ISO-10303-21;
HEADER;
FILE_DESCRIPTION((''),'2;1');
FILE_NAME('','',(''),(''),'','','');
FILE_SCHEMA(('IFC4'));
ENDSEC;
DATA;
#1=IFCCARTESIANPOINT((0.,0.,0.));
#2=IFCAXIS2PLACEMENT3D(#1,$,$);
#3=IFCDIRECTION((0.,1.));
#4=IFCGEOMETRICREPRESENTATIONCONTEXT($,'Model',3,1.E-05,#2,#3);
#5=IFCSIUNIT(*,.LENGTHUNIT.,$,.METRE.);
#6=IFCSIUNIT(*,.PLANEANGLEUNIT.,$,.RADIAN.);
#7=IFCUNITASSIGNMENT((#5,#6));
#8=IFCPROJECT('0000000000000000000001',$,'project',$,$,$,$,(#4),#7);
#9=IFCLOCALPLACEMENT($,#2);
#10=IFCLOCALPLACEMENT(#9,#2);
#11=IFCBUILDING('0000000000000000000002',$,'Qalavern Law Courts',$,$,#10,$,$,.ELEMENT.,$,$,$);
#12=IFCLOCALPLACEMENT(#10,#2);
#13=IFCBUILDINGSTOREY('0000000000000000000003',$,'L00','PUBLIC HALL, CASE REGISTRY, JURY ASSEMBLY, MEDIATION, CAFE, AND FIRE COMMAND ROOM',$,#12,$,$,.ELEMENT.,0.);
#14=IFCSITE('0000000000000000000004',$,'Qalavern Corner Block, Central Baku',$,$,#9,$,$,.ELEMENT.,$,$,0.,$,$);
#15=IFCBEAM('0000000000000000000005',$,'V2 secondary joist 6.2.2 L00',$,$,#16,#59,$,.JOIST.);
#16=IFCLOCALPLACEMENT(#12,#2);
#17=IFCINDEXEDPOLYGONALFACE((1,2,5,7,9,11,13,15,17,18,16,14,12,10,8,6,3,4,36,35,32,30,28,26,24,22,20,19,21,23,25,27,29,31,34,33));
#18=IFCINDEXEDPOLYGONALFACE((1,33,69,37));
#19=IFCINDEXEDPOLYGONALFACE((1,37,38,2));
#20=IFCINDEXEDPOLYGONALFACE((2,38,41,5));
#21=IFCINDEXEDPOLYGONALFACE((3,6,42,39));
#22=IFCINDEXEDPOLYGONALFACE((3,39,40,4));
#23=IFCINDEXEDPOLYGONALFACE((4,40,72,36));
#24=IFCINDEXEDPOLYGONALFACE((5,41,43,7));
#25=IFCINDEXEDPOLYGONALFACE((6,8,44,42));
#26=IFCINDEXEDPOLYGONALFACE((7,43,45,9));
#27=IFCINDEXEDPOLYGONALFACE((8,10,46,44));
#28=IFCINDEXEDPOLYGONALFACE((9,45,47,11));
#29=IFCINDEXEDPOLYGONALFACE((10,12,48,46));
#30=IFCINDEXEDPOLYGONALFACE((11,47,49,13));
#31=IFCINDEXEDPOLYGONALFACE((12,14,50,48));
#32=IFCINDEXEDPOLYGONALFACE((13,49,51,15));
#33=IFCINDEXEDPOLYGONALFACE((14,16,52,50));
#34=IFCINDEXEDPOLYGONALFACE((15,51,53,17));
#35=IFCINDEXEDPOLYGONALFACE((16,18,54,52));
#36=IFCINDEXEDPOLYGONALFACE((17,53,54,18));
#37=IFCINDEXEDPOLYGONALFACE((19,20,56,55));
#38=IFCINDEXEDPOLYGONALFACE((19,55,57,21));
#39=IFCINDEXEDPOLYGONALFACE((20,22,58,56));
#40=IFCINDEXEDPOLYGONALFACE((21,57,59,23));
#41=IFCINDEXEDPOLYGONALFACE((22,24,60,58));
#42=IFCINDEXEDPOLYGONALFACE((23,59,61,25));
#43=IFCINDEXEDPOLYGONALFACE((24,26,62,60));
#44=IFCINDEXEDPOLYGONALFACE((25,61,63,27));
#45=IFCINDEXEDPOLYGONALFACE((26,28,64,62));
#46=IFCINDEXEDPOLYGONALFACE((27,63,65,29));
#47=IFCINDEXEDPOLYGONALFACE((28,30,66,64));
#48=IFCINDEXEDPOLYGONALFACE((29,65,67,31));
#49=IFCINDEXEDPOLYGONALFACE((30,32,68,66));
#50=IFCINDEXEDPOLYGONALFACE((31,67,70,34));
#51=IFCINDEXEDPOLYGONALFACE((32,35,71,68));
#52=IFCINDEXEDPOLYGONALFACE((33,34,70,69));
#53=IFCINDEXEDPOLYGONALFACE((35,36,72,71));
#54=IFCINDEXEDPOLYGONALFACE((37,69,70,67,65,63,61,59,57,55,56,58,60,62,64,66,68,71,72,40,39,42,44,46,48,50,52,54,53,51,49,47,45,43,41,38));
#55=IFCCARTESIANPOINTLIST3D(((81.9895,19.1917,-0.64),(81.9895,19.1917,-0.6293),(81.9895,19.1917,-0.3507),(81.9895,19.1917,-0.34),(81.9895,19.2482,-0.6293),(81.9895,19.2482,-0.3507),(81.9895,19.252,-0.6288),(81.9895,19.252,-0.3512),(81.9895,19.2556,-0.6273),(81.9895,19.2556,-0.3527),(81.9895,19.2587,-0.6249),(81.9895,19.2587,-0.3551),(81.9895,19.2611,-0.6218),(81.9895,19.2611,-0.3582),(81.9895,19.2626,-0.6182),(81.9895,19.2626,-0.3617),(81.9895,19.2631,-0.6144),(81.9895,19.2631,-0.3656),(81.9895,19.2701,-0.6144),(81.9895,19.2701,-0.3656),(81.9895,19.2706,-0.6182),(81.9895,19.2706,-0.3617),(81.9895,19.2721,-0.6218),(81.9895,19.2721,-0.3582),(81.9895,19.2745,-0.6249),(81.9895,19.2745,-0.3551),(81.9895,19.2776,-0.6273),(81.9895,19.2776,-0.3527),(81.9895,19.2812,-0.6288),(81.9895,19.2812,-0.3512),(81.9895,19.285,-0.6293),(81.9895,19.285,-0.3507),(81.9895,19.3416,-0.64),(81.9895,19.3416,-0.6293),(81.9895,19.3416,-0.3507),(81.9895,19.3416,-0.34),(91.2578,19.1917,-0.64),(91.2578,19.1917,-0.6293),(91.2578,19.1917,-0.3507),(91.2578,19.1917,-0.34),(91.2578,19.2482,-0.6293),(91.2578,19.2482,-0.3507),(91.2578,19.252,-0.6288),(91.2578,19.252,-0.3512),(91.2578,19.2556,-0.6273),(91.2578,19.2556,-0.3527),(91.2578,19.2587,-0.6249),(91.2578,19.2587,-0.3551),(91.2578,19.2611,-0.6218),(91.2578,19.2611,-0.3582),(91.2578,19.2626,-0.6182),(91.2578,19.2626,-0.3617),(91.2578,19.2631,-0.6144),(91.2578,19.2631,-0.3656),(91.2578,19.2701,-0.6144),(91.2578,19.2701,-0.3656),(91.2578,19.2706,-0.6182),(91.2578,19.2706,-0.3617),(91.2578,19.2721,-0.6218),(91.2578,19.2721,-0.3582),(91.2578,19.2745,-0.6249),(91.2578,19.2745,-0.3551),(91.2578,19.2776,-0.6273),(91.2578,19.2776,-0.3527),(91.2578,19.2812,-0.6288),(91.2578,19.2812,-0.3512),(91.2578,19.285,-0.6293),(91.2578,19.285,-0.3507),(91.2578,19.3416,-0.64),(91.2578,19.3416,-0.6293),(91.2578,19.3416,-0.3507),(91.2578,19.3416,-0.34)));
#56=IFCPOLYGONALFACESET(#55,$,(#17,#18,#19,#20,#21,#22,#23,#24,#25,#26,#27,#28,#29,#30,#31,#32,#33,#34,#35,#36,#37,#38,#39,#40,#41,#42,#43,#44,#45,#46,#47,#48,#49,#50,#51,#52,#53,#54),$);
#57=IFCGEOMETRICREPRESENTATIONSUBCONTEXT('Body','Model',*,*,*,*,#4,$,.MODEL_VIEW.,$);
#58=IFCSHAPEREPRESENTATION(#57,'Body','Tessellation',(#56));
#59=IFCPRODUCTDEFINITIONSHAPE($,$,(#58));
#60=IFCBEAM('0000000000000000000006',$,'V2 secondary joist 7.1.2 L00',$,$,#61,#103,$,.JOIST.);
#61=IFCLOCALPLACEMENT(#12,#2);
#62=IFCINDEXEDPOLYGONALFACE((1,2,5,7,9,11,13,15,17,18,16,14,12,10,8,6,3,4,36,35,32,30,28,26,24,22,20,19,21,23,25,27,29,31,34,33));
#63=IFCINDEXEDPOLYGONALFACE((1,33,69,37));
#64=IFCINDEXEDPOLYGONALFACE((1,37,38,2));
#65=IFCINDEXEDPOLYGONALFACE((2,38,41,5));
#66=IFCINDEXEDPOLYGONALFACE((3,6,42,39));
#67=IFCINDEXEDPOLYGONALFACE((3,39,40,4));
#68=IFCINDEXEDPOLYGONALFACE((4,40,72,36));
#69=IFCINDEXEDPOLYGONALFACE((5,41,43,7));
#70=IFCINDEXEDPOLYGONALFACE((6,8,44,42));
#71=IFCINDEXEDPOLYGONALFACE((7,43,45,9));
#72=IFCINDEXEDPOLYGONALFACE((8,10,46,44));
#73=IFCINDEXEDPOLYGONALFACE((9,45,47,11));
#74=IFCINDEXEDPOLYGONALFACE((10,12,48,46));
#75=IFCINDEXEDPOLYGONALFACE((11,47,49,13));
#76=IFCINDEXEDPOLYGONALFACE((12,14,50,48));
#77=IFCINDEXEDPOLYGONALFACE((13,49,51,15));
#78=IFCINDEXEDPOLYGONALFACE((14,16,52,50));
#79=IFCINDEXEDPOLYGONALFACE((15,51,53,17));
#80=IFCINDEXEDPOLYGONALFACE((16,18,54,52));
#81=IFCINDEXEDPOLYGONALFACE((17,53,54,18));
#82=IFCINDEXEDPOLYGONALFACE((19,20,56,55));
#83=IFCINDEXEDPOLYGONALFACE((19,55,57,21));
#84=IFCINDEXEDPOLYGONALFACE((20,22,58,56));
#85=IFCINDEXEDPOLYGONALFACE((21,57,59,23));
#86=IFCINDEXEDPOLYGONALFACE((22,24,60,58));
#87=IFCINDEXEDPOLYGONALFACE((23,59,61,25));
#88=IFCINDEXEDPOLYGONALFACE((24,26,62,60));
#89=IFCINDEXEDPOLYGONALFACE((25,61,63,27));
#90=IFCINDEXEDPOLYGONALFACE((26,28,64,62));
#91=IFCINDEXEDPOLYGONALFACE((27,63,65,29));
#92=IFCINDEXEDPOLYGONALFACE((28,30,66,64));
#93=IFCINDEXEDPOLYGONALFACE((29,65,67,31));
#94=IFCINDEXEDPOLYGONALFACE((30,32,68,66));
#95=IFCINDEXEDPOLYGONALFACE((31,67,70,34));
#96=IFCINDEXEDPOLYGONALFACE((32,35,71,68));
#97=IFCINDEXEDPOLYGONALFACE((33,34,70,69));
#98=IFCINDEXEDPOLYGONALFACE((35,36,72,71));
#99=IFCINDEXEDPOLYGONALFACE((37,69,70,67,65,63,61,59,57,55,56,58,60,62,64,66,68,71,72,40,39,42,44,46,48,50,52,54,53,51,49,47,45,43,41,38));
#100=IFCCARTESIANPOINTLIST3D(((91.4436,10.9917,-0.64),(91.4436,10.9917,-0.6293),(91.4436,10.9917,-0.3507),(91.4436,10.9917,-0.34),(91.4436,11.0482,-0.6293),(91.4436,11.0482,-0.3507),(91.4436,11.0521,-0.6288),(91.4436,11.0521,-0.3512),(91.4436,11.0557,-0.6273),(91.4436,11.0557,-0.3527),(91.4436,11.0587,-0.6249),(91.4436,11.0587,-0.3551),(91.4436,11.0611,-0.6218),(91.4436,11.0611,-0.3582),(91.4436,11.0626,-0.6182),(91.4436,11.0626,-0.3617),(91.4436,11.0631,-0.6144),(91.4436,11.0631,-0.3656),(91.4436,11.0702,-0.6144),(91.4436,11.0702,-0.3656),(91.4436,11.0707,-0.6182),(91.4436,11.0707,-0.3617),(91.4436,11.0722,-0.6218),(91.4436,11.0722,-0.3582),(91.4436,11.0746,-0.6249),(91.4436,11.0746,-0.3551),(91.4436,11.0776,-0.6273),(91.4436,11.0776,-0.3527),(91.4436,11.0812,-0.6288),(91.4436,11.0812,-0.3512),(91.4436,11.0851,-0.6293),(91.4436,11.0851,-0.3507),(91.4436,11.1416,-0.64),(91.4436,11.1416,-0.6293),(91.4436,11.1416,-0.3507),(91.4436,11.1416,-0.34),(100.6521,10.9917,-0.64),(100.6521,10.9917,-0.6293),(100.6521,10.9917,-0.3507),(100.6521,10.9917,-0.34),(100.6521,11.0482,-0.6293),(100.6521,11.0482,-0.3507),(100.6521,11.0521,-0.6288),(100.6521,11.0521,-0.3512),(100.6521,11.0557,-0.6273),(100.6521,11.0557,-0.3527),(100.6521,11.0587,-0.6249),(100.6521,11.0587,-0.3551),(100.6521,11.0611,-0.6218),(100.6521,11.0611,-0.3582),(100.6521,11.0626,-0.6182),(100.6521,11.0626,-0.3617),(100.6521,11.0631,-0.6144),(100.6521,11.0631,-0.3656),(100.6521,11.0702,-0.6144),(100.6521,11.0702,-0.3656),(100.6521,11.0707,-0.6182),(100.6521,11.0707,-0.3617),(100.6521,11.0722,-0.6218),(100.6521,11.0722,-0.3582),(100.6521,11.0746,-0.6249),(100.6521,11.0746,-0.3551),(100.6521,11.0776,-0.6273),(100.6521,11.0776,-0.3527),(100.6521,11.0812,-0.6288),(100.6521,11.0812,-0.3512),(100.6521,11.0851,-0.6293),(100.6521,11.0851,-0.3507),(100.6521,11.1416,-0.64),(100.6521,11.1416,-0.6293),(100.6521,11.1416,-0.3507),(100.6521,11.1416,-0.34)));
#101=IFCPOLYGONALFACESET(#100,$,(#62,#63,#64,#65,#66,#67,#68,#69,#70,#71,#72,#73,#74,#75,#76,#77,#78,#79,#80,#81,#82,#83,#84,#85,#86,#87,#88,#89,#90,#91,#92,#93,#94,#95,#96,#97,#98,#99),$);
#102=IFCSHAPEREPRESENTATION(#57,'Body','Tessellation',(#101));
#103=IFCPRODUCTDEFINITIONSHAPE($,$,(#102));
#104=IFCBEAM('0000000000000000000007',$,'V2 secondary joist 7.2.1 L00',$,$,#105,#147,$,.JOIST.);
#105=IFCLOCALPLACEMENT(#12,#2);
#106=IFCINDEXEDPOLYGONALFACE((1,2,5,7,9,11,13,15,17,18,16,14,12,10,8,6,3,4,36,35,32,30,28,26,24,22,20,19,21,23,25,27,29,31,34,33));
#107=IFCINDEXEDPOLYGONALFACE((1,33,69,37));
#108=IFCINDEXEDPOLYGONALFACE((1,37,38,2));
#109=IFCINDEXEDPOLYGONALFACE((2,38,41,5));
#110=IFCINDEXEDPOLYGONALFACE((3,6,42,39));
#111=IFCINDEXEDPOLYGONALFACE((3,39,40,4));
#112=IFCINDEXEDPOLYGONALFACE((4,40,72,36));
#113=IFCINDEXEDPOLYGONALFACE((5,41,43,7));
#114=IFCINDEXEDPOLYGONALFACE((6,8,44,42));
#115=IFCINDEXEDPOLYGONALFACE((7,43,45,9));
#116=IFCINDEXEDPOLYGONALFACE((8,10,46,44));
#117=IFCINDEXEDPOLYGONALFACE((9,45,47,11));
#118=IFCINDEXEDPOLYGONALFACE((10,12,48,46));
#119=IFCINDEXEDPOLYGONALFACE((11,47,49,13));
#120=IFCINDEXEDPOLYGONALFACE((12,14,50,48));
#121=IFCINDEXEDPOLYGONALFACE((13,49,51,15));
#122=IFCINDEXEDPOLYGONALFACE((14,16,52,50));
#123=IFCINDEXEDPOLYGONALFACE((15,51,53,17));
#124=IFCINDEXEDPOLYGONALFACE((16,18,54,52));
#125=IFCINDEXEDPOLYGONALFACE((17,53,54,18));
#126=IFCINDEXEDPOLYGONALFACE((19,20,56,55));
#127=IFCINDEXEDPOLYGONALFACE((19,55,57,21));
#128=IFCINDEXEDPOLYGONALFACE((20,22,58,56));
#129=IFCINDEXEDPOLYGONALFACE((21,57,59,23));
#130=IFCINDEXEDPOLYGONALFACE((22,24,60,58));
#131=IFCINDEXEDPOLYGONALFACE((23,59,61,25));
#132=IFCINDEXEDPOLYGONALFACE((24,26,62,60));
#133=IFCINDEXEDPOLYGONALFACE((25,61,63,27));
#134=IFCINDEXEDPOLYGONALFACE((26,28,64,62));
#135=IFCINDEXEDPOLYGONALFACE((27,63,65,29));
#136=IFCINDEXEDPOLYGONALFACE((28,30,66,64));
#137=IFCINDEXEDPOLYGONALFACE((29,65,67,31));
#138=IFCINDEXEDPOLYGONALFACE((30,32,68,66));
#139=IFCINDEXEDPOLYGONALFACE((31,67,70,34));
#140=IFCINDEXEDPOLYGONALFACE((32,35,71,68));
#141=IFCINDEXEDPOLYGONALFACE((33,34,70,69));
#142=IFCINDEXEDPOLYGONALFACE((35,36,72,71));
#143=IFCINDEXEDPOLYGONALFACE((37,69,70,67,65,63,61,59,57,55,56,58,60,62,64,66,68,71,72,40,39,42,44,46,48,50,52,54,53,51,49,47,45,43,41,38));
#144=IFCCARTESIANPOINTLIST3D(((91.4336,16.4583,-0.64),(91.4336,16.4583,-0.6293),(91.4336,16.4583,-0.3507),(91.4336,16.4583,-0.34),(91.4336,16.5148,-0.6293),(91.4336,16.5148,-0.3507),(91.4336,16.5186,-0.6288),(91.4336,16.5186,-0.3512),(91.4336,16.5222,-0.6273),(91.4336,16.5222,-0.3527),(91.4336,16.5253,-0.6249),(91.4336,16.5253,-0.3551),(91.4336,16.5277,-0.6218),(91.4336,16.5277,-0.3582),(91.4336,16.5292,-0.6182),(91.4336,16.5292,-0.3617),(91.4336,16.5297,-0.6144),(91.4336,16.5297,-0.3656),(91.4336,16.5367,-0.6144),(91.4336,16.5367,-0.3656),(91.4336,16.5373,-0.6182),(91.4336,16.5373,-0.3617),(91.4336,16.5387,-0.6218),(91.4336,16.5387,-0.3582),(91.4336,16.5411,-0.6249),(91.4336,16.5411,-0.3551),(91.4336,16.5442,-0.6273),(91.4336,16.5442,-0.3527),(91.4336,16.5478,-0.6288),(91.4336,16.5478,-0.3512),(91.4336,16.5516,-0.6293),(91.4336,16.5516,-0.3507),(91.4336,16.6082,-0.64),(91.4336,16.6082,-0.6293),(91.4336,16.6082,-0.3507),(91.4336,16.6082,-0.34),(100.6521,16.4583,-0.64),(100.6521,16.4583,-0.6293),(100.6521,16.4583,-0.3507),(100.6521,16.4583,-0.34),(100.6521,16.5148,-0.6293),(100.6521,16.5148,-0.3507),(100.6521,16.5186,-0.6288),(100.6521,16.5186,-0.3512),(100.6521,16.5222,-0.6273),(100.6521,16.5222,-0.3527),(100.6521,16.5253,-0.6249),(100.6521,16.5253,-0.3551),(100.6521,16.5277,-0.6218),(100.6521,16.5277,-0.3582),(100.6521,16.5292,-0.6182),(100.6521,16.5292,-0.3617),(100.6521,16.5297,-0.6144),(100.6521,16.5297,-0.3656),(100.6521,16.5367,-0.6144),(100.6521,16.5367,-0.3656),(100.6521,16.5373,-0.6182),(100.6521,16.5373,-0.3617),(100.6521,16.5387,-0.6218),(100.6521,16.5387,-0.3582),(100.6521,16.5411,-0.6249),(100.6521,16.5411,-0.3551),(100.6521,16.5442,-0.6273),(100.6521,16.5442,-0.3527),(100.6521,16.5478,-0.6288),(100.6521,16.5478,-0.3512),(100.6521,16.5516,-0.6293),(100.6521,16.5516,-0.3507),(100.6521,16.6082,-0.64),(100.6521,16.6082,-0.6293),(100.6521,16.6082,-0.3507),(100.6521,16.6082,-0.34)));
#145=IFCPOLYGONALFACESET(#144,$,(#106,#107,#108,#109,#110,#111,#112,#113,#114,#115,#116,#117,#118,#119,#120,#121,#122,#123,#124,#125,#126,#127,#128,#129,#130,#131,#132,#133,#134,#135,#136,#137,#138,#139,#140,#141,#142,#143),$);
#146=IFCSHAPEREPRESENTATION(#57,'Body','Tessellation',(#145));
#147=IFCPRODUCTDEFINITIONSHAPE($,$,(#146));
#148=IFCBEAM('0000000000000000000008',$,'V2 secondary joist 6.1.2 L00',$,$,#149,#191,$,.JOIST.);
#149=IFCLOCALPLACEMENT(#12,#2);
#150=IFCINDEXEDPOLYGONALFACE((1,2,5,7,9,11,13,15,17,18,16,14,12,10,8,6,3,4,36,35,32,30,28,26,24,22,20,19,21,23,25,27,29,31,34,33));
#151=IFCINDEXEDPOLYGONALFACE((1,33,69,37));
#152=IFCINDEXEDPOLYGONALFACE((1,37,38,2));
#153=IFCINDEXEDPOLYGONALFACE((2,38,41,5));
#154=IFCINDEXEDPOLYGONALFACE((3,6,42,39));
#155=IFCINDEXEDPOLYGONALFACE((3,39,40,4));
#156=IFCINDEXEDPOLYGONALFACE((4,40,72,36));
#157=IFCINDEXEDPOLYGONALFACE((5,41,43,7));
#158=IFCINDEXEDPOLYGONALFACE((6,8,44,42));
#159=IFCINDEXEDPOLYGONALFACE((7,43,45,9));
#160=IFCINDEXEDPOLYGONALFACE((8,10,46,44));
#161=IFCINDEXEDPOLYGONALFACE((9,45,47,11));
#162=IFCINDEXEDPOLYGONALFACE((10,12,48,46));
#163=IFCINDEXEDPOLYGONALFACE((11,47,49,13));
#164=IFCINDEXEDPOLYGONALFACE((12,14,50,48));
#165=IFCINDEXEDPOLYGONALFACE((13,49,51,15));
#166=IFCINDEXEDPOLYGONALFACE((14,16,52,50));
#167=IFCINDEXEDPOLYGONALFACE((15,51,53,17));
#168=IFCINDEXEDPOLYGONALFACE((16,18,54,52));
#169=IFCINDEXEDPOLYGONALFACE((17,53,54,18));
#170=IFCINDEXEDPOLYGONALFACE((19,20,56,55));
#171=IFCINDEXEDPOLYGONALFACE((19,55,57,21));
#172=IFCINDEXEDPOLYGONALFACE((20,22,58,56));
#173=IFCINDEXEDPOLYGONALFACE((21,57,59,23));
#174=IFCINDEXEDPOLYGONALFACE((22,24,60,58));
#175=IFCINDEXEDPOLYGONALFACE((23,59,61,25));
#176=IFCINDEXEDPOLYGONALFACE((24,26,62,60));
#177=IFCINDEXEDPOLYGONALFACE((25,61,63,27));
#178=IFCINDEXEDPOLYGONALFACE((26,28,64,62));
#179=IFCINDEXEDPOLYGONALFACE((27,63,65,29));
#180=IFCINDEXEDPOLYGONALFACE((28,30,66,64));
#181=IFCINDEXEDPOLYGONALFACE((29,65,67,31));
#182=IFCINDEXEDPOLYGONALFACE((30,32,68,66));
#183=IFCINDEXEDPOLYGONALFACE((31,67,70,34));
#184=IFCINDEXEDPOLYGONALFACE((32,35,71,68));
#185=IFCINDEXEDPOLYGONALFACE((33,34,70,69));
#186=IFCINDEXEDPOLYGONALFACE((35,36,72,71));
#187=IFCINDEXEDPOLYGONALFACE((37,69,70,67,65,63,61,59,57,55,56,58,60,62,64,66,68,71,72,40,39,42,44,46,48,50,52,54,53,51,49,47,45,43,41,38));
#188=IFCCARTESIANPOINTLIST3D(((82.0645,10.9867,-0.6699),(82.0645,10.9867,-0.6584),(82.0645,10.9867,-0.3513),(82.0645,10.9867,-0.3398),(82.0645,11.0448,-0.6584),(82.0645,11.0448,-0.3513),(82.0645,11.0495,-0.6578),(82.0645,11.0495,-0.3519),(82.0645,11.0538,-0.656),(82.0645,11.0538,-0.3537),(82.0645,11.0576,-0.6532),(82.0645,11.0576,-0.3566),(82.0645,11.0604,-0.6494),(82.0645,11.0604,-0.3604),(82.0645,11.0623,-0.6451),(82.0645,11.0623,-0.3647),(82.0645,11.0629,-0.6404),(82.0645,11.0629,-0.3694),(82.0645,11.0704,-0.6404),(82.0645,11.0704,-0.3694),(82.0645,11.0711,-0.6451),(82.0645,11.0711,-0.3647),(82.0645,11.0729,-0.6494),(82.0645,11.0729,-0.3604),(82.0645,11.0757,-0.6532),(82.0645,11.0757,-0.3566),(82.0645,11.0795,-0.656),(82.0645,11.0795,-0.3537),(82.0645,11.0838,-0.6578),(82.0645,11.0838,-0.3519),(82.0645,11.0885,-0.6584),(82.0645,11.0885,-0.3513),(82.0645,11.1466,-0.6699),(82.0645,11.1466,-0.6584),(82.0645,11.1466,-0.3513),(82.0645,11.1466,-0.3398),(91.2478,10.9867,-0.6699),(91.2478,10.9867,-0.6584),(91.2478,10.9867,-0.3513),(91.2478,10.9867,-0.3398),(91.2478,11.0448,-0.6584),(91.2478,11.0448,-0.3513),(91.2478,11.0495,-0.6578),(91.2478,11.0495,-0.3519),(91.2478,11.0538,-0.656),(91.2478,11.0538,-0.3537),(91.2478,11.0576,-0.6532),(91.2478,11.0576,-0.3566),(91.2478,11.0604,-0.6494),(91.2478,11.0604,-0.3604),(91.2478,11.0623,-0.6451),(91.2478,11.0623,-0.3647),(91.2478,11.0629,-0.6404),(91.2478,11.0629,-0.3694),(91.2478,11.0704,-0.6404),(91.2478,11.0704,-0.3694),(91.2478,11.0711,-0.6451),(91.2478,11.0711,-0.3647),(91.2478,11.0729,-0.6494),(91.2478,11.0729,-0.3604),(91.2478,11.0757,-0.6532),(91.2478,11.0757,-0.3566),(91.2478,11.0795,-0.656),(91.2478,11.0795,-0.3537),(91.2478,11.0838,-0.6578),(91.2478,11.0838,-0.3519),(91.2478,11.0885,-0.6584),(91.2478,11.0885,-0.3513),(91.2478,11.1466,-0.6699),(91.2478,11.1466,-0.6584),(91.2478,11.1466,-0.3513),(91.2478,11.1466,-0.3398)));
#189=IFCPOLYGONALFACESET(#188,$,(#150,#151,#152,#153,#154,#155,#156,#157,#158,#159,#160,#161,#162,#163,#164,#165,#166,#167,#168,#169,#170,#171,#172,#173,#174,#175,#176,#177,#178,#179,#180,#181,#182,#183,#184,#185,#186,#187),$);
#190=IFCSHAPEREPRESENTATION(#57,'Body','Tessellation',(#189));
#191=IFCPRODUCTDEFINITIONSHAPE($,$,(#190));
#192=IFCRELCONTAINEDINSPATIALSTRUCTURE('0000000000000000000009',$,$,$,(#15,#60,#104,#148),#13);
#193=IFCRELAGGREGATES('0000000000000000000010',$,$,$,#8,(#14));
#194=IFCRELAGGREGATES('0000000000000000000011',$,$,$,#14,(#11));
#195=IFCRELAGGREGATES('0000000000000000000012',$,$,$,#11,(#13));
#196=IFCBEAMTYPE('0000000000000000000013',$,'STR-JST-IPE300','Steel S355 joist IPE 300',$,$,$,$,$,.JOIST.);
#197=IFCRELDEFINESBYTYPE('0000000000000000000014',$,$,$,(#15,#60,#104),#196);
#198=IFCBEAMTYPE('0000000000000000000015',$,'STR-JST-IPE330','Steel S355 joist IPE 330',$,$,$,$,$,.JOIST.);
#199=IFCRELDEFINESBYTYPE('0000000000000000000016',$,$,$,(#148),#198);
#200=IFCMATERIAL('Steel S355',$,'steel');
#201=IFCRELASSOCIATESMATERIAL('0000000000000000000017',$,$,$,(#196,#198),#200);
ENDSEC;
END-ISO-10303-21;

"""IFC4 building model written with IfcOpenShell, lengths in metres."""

from ifc_helpers import new_model, si_unit, direction, frame, origin, origin_2d, place, context, subcontext, project, spatial, i_section, extrude, material, material_profile, profile_set, type_object, element, save


model = new_model("IFC4")

# Units and contexts
model_context = context("Model", 3, precision=1e-05, world=origin(), true_north=direction((0.0, 1.0)))
body_context = subcontext(model_context, "Body", "Model", "MODEL_VIEW")
ifc_project = project(units=[si_unit("LENGTHUNIT", "METRE"), si_unit("PLANEANGLEUNIT", "RADIAN")], contexts=[model_context])

# Site, building, storey
site_placement = place(None, origin())
site = spatial("IfcSite", under=ifc_project, at=site_placement, Name="Qalavern Corner Block, Central Baku", CompositionType="ELEMENT", RefElevation=0.0)
building_placement = place(site_placement, origin())
building = spatial("IfcBuilding", under=site, at=building_placement, Name="Qalavern Law Courts", CompositionType="ELEMENT")
storey_placement = place(building_placement, origin())
storey = spatial("IfcBuildingStorey", under=building, at=storey_placement, Name="L00", Description="PUBLIC HALL, CASE REGISTRY, JURY ASSEMBLY, MEDIATION, CAFE, AND FIRE COMMAND ROOM", CompositionType="ELEMENT", Elevation=0.0)

# Beams
ifc_material_1 = material(Name="Steel S355", Category="steel")
ifc_material_profile_1 = material_profile(ifc_material_1, i_section(OverallWidth=0.1499, OverallDepth=0.3, WebThickness=0.0071, FlangeThickness=0.0107, FilletRadius=0.0149, at=origin_2d()), Name="IPE 300")
ifc_profile_set_1 = profile_set([ifc_material_profile_1], Name="Steel S355")
beam_type_1 = type_object("IfcBeamType", Name="STR-JST-IPE300", Description="Steel S355 joist IPE 300", PredefinedType="JOIST", material=ifc_profile_set_1)
beam_1_placement = place(storey_placement, frame((81.9895, 19.2666, -0.49), z_axis=(1.0, 0.0, 0.0), x_axis=(0.0, 1.0, 0.0)))
element("IfcBeam", 1, at=beam_1_placement, inside=storey, type_object=beam_type_1, Name="V2 secondary joist 6.2.2 L00", PredefinedType="JOIST", context=body_context, shape_type="SweptSolid", body=[
    extrude(i_section(OverallWidth=0.1499, OverallDepth=0.3, WebThickness=0.0071, FlangeThickness=0.0107, FilletRadius=0.0149, at=origin_2d()), origin(), (0.0, 0.0, 1.0), 9.2683),
])
beam_2_placement = place(storey_placement, frame((91.4436, 11.0667, -0.49), z_axis=(1.0, 0.0, 0.0), x_axis=(0.0, 1.0, 0.0)))
element("IfcBeam", 2, at=beam_2_placement, inside=storey, type_object=beam_type_1, Name="V2 secondary joist 7.1.2 L00", PredefinedType="JOIST", context=body_context, shape_type="SweptSolid", body=[
    extrude(i_section(OverallWidth=0.1499, OverallDepth=0.3, WebThickness=0.0071, FlangeThickness=0.0107, FilletRadius=0.0149, at=origin_2d()), origin(), (0.0, 0.0, 1.0), 9.2085),
])
beam_3_placement = place(storey_placement, frame((91.4336, 16.5332, -0.49), z_axis=(1.0, 0.0, 0.0), x_axis=(0.0, 1.0, 0.0)))
element("IfcBeam", 3, at=beam_3_placement, inside=storey, type_object=beam_type_1, Name="V2 secondary joist 7.2.1 L00", PredefinedType="JOIST", context=body_context, shape_type="SweptSolid", body=[
    extrude(i_section(OverallWidth=0.1499, OverallDepth=0.3, WebThickness=0.0071, FlangeThickness=0.0107, FilletRadius=0.0149, at=origin_2d()), origin(), (0.0, 0.0, 1.0), 9.2185),
])
ifc_material_profile_2 = material_profile(ifc_material_1, i_section(OverallWidth=0.1599, OverallDepth=0.3301, WebThickness=0.0076, FlangeThickness=0.0115, FilletRadius=0.0181, at=origin_2d()), Name="IPE 330")
ifc_profile_set_2 = profile_set([ifc_material_profile_2], Name="Steel S355")
beam_type_2 = type_object("IfcBeamType", Name="STR-JST-IPE330", Description="Steel S355 joist IPE 330", PredefinedType="JOIST", material=ifc_profile_set_2)
beam_4_placement = place(storey_placement, frame((82.0645, 11.0667, -0.5049), z_axis=(1.0, 0.0, 0.0), x_axis=(0.0, 1.0, 0.0)))
element("IfcBeam", 4, at=beam_4_placement, inside=storey, type_object=beam_type_2, Name="V2 secondary joist 6.1.2 L00", PredefinedType="JOIST", context=body_context, shape_type="SweptSolid", body=[
    extrude(i_section(OverallWidth=0.1599, OverallDepth=0.3301, WebThickness=0.0076, FlangeThickness=0.0115, FilletRadius=0.0181, at=origin_2d()), origin(), (0.0, 0.0, 1.0), 9.1833),
])

save(model, "model.ifc")
